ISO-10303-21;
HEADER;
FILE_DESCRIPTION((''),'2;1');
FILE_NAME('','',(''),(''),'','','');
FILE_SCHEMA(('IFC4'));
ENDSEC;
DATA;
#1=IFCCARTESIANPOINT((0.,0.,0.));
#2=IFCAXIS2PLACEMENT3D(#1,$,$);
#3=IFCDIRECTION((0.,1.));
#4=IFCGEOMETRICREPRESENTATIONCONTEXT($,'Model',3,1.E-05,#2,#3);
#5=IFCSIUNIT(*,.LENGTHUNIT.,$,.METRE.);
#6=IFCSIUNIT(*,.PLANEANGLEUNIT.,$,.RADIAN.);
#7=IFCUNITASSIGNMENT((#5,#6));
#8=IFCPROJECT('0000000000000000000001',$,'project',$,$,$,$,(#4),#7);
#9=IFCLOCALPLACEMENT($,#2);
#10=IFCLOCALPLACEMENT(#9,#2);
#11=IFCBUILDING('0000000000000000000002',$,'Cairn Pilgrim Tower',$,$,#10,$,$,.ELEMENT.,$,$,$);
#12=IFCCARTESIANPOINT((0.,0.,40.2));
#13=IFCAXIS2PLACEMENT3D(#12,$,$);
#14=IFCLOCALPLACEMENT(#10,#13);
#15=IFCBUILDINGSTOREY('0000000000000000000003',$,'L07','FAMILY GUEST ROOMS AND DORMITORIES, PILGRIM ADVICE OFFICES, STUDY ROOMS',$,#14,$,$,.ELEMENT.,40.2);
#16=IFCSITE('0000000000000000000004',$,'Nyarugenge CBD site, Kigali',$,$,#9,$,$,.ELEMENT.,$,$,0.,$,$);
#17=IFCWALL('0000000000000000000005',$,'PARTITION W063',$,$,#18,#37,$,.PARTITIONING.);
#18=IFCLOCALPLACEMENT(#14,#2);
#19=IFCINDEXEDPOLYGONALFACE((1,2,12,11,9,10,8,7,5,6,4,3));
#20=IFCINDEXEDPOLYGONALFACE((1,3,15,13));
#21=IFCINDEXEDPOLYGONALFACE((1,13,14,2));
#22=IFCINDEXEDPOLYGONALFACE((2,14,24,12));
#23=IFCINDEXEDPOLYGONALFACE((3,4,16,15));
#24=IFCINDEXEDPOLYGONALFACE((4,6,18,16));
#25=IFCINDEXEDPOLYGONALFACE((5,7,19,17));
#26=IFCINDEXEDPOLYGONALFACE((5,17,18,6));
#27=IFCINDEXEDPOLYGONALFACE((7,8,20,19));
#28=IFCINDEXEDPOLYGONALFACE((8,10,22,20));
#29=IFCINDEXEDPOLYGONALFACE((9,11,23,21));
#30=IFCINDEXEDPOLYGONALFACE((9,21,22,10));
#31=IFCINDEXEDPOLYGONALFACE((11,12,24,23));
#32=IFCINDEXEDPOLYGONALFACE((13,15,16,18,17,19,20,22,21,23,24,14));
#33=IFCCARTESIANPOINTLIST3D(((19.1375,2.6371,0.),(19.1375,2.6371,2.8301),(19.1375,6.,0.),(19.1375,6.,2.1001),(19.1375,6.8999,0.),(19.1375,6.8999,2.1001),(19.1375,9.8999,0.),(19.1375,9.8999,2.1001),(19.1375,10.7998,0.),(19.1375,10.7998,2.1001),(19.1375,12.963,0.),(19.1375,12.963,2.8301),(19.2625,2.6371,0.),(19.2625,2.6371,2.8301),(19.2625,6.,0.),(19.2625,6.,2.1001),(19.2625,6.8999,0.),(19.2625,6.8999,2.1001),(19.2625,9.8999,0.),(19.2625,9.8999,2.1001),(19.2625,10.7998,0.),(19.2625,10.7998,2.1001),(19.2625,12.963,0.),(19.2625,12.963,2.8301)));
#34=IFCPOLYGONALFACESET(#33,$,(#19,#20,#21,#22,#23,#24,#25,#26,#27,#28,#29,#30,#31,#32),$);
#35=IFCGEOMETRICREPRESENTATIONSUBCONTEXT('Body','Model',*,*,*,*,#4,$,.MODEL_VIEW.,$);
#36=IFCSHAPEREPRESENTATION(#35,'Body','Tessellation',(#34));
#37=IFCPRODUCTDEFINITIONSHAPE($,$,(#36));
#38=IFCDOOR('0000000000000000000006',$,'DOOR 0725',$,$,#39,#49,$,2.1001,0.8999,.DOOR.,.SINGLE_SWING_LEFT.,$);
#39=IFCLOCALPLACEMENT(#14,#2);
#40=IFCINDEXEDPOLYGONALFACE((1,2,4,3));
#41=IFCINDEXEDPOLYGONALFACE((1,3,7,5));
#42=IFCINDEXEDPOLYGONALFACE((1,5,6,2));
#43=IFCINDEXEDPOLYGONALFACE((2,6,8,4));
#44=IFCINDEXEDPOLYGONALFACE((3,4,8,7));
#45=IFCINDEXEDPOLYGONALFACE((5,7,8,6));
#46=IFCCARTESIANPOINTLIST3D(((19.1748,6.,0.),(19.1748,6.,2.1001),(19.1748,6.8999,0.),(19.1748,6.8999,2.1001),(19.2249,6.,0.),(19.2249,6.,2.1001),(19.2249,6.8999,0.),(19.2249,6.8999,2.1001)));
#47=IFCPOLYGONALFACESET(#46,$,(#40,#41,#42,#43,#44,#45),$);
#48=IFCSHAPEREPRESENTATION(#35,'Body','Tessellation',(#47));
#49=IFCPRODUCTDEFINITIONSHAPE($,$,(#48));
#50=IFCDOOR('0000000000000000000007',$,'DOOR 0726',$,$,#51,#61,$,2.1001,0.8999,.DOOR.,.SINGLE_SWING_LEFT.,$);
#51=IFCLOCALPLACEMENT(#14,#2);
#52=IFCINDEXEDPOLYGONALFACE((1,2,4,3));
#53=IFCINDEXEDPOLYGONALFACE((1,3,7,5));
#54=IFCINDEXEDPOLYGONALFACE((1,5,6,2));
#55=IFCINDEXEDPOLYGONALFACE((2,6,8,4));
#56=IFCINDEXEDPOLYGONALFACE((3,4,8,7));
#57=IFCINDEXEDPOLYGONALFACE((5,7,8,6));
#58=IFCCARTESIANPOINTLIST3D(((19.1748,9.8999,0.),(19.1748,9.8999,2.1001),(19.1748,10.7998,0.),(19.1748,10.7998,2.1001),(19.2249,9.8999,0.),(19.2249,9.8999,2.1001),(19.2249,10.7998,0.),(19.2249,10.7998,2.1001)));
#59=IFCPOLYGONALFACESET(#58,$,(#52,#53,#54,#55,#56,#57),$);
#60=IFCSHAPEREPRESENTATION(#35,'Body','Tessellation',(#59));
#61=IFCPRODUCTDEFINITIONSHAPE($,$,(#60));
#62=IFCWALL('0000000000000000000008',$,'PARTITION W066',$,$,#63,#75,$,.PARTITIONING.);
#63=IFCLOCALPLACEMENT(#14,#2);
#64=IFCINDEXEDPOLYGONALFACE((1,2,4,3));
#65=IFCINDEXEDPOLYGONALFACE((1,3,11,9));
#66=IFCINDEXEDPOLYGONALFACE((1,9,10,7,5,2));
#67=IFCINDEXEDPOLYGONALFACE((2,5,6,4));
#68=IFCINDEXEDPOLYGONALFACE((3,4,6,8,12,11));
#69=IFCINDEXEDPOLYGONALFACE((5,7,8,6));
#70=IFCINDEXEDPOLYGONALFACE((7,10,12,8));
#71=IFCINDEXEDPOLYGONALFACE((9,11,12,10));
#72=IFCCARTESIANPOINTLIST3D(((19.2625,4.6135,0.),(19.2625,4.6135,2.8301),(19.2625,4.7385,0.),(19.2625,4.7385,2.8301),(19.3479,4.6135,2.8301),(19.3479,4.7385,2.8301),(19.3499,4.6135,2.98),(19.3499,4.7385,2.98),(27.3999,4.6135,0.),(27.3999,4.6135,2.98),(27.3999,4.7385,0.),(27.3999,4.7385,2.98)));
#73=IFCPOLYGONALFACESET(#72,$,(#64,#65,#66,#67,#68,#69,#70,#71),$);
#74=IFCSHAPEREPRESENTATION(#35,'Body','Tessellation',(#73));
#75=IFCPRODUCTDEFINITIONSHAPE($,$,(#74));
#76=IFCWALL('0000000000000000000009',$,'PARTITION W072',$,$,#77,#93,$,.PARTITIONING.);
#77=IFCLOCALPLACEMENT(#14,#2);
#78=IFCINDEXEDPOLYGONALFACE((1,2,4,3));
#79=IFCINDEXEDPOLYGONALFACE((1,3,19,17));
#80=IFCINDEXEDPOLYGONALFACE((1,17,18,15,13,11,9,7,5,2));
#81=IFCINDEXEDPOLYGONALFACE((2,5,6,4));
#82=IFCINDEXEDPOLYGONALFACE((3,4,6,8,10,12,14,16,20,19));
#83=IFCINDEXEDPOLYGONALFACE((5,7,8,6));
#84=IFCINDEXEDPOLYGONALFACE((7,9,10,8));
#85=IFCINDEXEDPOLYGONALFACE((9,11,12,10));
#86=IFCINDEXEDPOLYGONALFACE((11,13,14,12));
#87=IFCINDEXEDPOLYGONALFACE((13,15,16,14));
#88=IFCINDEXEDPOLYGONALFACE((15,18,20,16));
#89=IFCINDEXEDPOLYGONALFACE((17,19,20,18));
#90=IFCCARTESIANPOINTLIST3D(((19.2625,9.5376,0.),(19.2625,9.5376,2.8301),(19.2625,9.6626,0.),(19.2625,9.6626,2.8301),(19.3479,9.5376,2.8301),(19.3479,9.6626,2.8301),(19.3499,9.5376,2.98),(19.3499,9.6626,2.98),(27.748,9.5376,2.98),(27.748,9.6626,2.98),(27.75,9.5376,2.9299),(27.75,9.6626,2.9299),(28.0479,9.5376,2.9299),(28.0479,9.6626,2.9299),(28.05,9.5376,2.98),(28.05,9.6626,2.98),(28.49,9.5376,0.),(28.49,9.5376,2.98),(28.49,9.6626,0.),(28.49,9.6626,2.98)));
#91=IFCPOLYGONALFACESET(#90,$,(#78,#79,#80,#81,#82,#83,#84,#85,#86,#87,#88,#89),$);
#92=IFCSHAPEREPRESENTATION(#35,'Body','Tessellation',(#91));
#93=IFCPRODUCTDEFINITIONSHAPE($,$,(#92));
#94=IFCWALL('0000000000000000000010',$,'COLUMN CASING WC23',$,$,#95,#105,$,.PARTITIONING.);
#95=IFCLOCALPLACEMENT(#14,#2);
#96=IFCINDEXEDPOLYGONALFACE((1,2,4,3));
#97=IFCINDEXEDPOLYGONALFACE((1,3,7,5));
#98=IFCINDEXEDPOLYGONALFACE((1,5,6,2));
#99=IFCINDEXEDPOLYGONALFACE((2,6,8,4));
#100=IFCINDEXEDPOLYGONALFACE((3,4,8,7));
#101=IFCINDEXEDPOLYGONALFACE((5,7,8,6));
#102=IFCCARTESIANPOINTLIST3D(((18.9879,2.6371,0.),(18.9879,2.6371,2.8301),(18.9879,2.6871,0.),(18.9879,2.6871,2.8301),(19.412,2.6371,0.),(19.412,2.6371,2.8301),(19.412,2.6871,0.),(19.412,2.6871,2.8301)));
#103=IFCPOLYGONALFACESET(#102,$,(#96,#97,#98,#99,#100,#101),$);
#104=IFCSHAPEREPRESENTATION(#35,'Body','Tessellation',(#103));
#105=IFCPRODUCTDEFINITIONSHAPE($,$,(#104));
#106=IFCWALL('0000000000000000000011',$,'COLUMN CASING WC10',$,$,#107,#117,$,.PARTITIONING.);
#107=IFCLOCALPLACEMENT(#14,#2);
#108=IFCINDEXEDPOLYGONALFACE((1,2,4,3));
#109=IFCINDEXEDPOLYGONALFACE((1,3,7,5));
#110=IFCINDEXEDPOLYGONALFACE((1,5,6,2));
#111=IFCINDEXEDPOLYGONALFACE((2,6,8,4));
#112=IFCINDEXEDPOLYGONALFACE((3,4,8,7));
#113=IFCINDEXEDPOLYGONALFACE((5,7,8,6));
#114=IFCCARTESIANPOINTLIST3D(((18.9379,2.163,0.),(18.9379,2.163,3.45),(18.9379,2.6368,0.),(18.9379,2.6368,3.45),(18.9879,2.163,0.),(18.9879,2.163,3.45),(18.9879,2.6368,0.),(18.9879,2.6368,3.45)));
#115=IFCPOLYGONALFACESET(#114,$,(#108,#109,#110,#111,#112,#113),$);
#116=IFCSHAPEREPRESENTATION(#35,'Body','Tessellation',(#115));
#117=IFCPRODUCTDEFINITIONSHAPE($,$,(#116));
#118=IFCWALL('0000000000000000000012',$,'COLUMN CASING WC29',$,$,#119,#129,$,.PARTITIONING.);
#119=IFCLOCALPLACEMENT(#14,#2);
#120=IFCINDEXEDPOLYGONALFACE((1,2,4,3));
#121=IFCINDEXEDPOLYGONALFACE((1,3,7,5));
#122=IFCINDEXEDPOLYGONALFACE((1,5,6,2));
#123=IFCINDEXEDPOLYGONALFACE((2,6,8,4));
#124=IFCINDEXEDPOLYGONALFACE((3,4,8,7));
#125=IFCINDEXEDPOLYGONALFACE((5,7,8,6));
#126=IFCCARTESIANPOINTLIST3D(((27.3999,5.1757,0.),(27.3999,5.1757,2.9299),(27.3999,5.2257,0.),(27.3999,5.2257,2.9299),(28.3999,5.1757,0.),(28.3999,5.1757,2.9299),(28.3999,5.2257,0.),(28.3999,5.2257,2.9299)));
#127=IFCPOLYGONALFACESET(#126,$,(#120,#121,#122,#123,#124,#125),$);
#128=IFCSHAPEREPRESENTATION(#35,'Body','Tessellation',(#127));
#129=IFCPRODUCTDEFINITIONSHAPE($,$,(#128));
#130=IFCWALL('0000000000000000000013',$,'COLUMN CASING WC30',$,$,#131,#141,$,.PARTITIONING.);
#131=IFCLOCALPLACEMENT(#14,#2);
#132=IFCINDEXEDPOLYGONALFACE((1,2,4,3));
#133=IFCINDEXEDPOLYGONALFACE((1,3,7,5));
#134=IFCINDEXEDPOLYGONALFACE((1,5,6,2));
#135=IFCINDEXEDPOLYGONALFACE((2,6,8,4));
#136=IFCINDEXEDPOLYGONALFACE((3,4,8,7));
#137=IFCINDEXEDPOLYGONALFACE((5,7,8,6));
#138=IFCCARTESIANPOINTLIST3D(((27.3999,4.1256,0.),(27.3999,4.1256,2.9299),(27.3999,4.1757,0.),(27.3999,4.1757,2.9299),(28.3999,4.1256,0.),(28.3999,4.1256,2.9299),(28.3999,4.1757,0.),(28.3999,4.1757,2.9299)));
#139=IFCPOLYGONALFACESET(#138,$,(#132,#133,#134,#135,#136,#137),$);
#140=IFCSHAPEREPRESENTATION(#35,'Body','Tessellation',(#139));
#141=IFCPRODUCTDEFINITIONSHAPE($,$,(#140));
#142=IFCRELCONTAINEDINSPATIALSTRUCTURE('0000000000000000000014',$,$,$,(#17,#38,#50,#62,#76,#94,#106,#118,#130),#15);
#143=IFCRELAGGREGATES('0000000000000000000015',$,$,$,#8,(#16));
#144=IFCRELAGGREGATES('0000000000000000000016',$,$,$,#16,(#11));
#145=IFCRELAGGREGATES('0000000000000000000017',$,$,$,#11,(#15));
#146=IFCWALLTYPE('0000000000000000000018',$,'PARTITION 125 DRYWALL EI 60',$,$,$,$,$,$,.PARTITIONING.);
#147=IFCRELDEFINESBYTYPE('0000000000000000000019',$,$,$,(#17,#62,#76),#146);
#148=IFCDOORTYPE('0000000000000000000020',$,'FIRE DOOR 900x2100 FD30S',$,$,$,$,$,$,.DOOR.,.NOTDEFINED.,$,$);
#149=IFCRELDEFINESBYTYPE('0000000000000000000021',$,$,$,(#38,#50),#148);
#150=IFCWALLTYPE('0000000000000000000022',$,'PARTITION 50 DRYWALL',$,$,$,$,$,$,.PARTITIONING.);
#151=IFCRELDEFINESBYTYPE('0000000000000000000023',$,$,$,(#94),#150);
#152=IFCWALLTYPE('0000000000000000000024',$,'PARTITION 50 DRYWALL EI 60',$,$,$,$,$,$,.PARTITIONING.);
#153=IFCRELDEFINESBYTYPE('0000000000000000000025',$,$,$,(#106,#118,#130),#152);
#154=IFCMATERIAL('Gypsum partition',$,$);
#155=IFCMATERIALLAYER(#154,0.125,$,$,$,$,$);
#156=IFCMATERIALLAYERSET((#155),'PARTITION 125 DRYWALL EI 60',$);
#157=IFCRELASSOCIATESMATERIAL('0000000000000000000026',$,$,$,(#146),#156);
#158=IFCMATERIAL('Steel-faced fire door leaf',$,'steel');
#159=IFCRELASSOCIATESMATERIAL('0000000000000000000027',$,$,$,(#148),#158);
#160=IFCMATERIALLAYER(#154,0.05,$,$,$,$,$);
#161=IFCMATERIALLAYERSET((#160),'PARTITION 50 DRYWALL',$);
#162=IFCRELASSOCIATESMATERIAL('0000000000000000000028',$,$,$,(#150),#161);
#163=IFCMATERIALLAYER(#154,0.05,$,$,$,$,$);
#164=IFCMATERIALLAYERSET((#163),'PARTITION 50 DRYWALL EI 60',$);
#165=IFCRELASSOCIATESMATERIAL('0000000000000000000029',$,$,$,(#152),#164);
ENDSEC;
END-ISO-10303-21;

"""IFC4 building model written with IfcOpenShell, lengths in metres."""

from ifc_helpers import new_model, si_unit, direction, frame, frame_2d, origin, place, context, subcontext, project, spatial, polyline, rectangle, outline, extrude, material, layer, layer_set, type_object, element, fill, save


model = new_model("IFC4")

# Units and contexts
model_context = context("Model", 3, precision=1e-05, world=origin(), true_north=direction((0.0, 1.0)))
body_context = subcontext(model_context, "Body", "Model", "MODEL_VIEW")
ifc_project = project(units=[si_unit("LENGTHUNIT", "METRE"), si_unit("PLANEANGLEUNIT", "RADIAN")], contexts=[model_context])

# Site, building, storey
site_placement = place(None, origin())
site = spatial("IfcSite", under=ifc_project, at=site_placement, Name="Nyarugenge CBD site, Kigali", CompositionType="ELEMENT", RefElevation=0.0)
building_placement = place(site_placement, origin())
building = spatial("IfcBuilding", under=site, at=building_placement, Name="Cairn Pilgrim Tower", CompositionType="ELEMENT")
storey_placement = place(building_placement, frame((0.0, 0.0, 40.2)))
storey = spatial("IfcBuildingStorey", under=building, at=storey_placement, Name="L07", Description="FAMILY GUEST ROOMS AND DORMITORIES, PILGRIM ADVICE OFFICES, STUDY ROOMS", CompositionType="ELEMENT", Elevation=40.2)

# Shared definitions
ifc_material_1 = material(Name="Gypsum partition")

# Wall, openings, doors
ifc_layer_1 = layer(ifc_material_1, 0.125)
ifc_layer_set_1 = layer_set([ifc_layer_1], Name="PARTITION 125 DRYWALL EI 60")
wall_type_1 = type_object("IfcWallType", Name="PARTITION 125 DRYWALL EI 60", PredefinedType="PARTITIONING", material=ifc_layer_set_1)
wall_1_placement = place(storey_placement, frame((19.2, 2.637, 0.0), z_axis=(0.0, 0.0, 1.0), x_axis=(0.0, 1.0, 0.0)))
wall_1 = element("IfcWall", 1, at=wall_1_placement, inside=storey, type_object=wall_type_1, Name="PARTITION W063", PredefinedType="PARTITIONING", context=body_context, shape_type="SweptSolid", body=[
    extrude(rectangle(XDim=10.3259, YDim=0.125, at=frame_2d((5.1631, 0.0))), origin(), (0.0, 0.0, 1.0), 2.8301),
])
opening_1_placement = place(wall_1_placement, frame((3.363, 0.0, 0.0)))
opening_1 = element("IfcOpeningElement", 2, at=opening_1_placement, cuts=wall_1, PredefinedType="OPENING", context=body_context, shape_type="SweptSolid", body=[
    extrude(rectangle(XDim=0.8999, YDim=2.1001, at=frame_2d((0.45, 1.05))), frame((0.0, 0.0725, 0.0), z_axis=(0.0, -1.0, 0.0), x_axis=(1.0, 0.0, 0.0)), (0.0, 0.0, 1.0), 0.145),
])
opening_2_placement = place(wall_1_placement, frame((7.2629, 0.0, 0.0)))
opening_2 = element("IfcOpeningElement", 3, at=opening_2_placement, cuts=wall_1, PredefinedType="OPENING", context=body_context, shape_type="SweptSolid", body=[
    extrude(rectangle(XDim=0.8999, YDim=2.1001, at=frame_2d((0.45, 1.05))), frame((0.0, 0.0725, 0.0), z_axis=(0.0, -1.0, 0.0), x_axis=(1.0, 0.0, 0.0)), (0.0, 0.0, 1.0), 0.145),
])
ifc_material_2 = material(Name="Steel-faced fire door leaf", Category="steel")
door_type_1 = type_object("IfcDoorType", Name="FIRE DOOR 900x2100 FD30S", OperationType="NOTDEFINED", PredefinedType="DOOR", material=ifc_material_2)
door_1_placement = place(opening_1_placement, frame((0.8999, 0.0, 0.0), z_axis=(0.0, 0.0, 1.0), x_axis=(-1.0, 0.0, 0.0)))
door_1 = element("IfcDoor", 4, at=door_1_placement, inside=storey, type_object=door_type_1, Name="DOOR 0725", OperationType="SINGLE_SWING_LEFT", OverallHeight=2.1001, OverallWidth=0.8999, PredefinedType="DOOR", context=body_context, shape_type="SweptSolid", body=[
    extrude(rectangle(XDim=0.8999, YDim=2.1001, at=frame_2d((0.45, 1.05))), frame((0.0, 0.0249, 0.0), z_axis=(0.0, -1.0, 0.0), x_axis=(1.0, 0.0, 0.0)), (0.0, 0.0, 1.0), 0.05),
])
fill(opening_1, door_1)
door_2_placement = place(opening_2_placement, frame((0.8999, 0.0, 0.0), z_axis=(0.0, 0.0, 1.0), x_axis=(-1.0, 0.0, 0.0)))
door_2 = element("IfcDoor", 5, at=door_2_placement, inside=storey, type_object=door_type_1, Name="DOOR 0726", OperationType="SINGLE_SWING_LEFT", OverallHeight=2.1001, OverallWidth=0.8999, PredefinedType="DOOR", context=body_context, shape_type="SweptSolid", body=[
    extrude(rectangle(XDim=0.8999, YDim=2.1001, at=frame_2d((0.45, 1.05))), frame((0.0, 0.0249, 0.0), z_axis=(0.0, -1.0, 0.0), x_axis=(1.0, 0.0, 0.0)), (0.0, 0.0, 1.0), 0.05),
])
fill(opening_2, door_2)

# Walls
wall_2_placement = place(storey_placement, frame((19.2625, 4.676, 0.0), z_axis=(0.0, 0.0, 1.0), x_axis=(1.0, 0.0, 0.0)))
element("IfcWall", 6, at=wall_2_placement, inside=storey, type_object=wall_type_1, Name="PARTITION W066", PredefinedType="PARTITIONING", context=body_context, shape_type="SweptSolid", body=[
    extrude(outline(polyline([(0.0, 0.0), (8.1375, 0.0), (8.1375, 2.98), (0.0874, 2.98), (0.0854, 2.8301), (0.0, 2.8301), (0.0, 0.0)])), frame((0.0, 0.0625, 0.0), z_axis=(0.0, -1.0, 0.0), x_axis=(1.0, 0.0, 0.0)), (0.0, 0.0, 1.0), 0.125),
])
wall_3_placement = place(storey_placement, frame((19.2625, 9.6001, 0.0), z_axis=(0.0, 0.0, 1.0), x_axis=(1.0, 0.0, 0.0)))
element("IfcWall", 7, at=wall_3_placement, inside=storey, type_object=wall_type_1, Name="PARTITION W072", PredefinedType="PARTITIONING", context=body_context, shape_type="SweptSolid", body=[
    extrude(outline(polyline([(0.0, 0.0), (9.2275, 0.0), (9.2275, 2.98), (8.7876, 2.98), (8.7854, 2.9299), (8.4875, 2.9299), (8.4856, 2.98), (0.0874, 2.98), (0.0854, 2.8301), (0.0, 2.8301), (0.0, 0.0)])), frame((0.0, 0.0625, 0.0), z_axis=(0.0, -1.0, 0.0), x_axis=(1.0, 0.0, 0.0)), (0.0, 0.0, 1.0), 0.125),
])
ifc_layer_2 = layer(ifc_material_1, 0.05)
ifc_layer_set_2 = layer_set([ifc_layer_2], Name="PARTITION 50 DRYWALL")
wall_type_2 = type_object("IfcWallType", Name="PARTITION 50 DRYWALL", PredefinedType="PARTITIONING", material=ifc_layer_set_2)
wall_4_placement = place(storey_placement, frame((18.988, 2.6621, 0.0), z_axis=(0.0, 0.0, 1.0), x_axis=(1.0, 0.0, 0.0)))
element("IfcWall", 8, at=wall_4_placement, inside=storey, type_object=wall_type_2, Name="COLUMN CASING WC23", PredefinedType="PARTITIONING", context=body_context, shape_type="SweptSolid", body=[
    extrude(rectangle(XDim=0.4241, YDim=0.05, at=frame_2d((0.2119, 0.0))), origin(), (0.0, 0.0, 1.0), 2.8301),
])
ifc_layer_3 = layer(ifc_material_1, 0.05)
ifc_layer_set_3 = layer_set([ifc_layer_3], Name="PARTITION 50 DRYWALL EI 60")
wall_type_3 = type_object("IfcWallType", Name="PARTITION 50 DRYWALL EI 60", PredefinedType="PARTITIONING", material=ifc_layer_set_3)
wall_5_placement = place(storey_placement, frame((18.9629, 2.1631, 0.0), z_axis=(0.0, 0.0, 1.0), x_axis=(0.0, 1.0, 0.0)))
element("IfcWall", 9, at=wall_5_placement, inside=storey, type_object=wall_type_3, Name="COLUMN CASING WC10", PredefinedType="PARTITIONING", context=body_context, shape_type="SweptSolid", body=[
    extrude(rectangle(XDim=0.4739, YDim=0.05, at=frame_2d((0.2368, 0.0))), origin(), (0.0, 0.0, 1.0), 3.45),
])
for number, where, z_axis, x_axis, name in (
    (10, (27.3999, 5.2007, 0.0), (0.0, 0.0, 1.0), (1.0, 0.0, 0.0), "COLUMN CASING WC29"),
    (11, (27.3999, 4.1506, 0.0), (0.0, 0.0, 1.0), (1.0, 0.0, 0.0), "COLUMN CASING WC30"),
):
    element("IfcWall", number, at=place(storey_placement, frame(where, z_axis=z_axis, x_axis=x_axis)), inside=storey, type_object=wall_type_3, Name=name, PredefinedType="PARTITIONING", context=body_context, shape_type="SweptSolid", body=[
        extrude(rectangle(XDim=1.0, YDim=0.05, at=frame_2d((0.5, 0.0))), origin(), (0.0, 0.0, 1.0), 2.9299),
    ])

save(model, "model.ifc")
